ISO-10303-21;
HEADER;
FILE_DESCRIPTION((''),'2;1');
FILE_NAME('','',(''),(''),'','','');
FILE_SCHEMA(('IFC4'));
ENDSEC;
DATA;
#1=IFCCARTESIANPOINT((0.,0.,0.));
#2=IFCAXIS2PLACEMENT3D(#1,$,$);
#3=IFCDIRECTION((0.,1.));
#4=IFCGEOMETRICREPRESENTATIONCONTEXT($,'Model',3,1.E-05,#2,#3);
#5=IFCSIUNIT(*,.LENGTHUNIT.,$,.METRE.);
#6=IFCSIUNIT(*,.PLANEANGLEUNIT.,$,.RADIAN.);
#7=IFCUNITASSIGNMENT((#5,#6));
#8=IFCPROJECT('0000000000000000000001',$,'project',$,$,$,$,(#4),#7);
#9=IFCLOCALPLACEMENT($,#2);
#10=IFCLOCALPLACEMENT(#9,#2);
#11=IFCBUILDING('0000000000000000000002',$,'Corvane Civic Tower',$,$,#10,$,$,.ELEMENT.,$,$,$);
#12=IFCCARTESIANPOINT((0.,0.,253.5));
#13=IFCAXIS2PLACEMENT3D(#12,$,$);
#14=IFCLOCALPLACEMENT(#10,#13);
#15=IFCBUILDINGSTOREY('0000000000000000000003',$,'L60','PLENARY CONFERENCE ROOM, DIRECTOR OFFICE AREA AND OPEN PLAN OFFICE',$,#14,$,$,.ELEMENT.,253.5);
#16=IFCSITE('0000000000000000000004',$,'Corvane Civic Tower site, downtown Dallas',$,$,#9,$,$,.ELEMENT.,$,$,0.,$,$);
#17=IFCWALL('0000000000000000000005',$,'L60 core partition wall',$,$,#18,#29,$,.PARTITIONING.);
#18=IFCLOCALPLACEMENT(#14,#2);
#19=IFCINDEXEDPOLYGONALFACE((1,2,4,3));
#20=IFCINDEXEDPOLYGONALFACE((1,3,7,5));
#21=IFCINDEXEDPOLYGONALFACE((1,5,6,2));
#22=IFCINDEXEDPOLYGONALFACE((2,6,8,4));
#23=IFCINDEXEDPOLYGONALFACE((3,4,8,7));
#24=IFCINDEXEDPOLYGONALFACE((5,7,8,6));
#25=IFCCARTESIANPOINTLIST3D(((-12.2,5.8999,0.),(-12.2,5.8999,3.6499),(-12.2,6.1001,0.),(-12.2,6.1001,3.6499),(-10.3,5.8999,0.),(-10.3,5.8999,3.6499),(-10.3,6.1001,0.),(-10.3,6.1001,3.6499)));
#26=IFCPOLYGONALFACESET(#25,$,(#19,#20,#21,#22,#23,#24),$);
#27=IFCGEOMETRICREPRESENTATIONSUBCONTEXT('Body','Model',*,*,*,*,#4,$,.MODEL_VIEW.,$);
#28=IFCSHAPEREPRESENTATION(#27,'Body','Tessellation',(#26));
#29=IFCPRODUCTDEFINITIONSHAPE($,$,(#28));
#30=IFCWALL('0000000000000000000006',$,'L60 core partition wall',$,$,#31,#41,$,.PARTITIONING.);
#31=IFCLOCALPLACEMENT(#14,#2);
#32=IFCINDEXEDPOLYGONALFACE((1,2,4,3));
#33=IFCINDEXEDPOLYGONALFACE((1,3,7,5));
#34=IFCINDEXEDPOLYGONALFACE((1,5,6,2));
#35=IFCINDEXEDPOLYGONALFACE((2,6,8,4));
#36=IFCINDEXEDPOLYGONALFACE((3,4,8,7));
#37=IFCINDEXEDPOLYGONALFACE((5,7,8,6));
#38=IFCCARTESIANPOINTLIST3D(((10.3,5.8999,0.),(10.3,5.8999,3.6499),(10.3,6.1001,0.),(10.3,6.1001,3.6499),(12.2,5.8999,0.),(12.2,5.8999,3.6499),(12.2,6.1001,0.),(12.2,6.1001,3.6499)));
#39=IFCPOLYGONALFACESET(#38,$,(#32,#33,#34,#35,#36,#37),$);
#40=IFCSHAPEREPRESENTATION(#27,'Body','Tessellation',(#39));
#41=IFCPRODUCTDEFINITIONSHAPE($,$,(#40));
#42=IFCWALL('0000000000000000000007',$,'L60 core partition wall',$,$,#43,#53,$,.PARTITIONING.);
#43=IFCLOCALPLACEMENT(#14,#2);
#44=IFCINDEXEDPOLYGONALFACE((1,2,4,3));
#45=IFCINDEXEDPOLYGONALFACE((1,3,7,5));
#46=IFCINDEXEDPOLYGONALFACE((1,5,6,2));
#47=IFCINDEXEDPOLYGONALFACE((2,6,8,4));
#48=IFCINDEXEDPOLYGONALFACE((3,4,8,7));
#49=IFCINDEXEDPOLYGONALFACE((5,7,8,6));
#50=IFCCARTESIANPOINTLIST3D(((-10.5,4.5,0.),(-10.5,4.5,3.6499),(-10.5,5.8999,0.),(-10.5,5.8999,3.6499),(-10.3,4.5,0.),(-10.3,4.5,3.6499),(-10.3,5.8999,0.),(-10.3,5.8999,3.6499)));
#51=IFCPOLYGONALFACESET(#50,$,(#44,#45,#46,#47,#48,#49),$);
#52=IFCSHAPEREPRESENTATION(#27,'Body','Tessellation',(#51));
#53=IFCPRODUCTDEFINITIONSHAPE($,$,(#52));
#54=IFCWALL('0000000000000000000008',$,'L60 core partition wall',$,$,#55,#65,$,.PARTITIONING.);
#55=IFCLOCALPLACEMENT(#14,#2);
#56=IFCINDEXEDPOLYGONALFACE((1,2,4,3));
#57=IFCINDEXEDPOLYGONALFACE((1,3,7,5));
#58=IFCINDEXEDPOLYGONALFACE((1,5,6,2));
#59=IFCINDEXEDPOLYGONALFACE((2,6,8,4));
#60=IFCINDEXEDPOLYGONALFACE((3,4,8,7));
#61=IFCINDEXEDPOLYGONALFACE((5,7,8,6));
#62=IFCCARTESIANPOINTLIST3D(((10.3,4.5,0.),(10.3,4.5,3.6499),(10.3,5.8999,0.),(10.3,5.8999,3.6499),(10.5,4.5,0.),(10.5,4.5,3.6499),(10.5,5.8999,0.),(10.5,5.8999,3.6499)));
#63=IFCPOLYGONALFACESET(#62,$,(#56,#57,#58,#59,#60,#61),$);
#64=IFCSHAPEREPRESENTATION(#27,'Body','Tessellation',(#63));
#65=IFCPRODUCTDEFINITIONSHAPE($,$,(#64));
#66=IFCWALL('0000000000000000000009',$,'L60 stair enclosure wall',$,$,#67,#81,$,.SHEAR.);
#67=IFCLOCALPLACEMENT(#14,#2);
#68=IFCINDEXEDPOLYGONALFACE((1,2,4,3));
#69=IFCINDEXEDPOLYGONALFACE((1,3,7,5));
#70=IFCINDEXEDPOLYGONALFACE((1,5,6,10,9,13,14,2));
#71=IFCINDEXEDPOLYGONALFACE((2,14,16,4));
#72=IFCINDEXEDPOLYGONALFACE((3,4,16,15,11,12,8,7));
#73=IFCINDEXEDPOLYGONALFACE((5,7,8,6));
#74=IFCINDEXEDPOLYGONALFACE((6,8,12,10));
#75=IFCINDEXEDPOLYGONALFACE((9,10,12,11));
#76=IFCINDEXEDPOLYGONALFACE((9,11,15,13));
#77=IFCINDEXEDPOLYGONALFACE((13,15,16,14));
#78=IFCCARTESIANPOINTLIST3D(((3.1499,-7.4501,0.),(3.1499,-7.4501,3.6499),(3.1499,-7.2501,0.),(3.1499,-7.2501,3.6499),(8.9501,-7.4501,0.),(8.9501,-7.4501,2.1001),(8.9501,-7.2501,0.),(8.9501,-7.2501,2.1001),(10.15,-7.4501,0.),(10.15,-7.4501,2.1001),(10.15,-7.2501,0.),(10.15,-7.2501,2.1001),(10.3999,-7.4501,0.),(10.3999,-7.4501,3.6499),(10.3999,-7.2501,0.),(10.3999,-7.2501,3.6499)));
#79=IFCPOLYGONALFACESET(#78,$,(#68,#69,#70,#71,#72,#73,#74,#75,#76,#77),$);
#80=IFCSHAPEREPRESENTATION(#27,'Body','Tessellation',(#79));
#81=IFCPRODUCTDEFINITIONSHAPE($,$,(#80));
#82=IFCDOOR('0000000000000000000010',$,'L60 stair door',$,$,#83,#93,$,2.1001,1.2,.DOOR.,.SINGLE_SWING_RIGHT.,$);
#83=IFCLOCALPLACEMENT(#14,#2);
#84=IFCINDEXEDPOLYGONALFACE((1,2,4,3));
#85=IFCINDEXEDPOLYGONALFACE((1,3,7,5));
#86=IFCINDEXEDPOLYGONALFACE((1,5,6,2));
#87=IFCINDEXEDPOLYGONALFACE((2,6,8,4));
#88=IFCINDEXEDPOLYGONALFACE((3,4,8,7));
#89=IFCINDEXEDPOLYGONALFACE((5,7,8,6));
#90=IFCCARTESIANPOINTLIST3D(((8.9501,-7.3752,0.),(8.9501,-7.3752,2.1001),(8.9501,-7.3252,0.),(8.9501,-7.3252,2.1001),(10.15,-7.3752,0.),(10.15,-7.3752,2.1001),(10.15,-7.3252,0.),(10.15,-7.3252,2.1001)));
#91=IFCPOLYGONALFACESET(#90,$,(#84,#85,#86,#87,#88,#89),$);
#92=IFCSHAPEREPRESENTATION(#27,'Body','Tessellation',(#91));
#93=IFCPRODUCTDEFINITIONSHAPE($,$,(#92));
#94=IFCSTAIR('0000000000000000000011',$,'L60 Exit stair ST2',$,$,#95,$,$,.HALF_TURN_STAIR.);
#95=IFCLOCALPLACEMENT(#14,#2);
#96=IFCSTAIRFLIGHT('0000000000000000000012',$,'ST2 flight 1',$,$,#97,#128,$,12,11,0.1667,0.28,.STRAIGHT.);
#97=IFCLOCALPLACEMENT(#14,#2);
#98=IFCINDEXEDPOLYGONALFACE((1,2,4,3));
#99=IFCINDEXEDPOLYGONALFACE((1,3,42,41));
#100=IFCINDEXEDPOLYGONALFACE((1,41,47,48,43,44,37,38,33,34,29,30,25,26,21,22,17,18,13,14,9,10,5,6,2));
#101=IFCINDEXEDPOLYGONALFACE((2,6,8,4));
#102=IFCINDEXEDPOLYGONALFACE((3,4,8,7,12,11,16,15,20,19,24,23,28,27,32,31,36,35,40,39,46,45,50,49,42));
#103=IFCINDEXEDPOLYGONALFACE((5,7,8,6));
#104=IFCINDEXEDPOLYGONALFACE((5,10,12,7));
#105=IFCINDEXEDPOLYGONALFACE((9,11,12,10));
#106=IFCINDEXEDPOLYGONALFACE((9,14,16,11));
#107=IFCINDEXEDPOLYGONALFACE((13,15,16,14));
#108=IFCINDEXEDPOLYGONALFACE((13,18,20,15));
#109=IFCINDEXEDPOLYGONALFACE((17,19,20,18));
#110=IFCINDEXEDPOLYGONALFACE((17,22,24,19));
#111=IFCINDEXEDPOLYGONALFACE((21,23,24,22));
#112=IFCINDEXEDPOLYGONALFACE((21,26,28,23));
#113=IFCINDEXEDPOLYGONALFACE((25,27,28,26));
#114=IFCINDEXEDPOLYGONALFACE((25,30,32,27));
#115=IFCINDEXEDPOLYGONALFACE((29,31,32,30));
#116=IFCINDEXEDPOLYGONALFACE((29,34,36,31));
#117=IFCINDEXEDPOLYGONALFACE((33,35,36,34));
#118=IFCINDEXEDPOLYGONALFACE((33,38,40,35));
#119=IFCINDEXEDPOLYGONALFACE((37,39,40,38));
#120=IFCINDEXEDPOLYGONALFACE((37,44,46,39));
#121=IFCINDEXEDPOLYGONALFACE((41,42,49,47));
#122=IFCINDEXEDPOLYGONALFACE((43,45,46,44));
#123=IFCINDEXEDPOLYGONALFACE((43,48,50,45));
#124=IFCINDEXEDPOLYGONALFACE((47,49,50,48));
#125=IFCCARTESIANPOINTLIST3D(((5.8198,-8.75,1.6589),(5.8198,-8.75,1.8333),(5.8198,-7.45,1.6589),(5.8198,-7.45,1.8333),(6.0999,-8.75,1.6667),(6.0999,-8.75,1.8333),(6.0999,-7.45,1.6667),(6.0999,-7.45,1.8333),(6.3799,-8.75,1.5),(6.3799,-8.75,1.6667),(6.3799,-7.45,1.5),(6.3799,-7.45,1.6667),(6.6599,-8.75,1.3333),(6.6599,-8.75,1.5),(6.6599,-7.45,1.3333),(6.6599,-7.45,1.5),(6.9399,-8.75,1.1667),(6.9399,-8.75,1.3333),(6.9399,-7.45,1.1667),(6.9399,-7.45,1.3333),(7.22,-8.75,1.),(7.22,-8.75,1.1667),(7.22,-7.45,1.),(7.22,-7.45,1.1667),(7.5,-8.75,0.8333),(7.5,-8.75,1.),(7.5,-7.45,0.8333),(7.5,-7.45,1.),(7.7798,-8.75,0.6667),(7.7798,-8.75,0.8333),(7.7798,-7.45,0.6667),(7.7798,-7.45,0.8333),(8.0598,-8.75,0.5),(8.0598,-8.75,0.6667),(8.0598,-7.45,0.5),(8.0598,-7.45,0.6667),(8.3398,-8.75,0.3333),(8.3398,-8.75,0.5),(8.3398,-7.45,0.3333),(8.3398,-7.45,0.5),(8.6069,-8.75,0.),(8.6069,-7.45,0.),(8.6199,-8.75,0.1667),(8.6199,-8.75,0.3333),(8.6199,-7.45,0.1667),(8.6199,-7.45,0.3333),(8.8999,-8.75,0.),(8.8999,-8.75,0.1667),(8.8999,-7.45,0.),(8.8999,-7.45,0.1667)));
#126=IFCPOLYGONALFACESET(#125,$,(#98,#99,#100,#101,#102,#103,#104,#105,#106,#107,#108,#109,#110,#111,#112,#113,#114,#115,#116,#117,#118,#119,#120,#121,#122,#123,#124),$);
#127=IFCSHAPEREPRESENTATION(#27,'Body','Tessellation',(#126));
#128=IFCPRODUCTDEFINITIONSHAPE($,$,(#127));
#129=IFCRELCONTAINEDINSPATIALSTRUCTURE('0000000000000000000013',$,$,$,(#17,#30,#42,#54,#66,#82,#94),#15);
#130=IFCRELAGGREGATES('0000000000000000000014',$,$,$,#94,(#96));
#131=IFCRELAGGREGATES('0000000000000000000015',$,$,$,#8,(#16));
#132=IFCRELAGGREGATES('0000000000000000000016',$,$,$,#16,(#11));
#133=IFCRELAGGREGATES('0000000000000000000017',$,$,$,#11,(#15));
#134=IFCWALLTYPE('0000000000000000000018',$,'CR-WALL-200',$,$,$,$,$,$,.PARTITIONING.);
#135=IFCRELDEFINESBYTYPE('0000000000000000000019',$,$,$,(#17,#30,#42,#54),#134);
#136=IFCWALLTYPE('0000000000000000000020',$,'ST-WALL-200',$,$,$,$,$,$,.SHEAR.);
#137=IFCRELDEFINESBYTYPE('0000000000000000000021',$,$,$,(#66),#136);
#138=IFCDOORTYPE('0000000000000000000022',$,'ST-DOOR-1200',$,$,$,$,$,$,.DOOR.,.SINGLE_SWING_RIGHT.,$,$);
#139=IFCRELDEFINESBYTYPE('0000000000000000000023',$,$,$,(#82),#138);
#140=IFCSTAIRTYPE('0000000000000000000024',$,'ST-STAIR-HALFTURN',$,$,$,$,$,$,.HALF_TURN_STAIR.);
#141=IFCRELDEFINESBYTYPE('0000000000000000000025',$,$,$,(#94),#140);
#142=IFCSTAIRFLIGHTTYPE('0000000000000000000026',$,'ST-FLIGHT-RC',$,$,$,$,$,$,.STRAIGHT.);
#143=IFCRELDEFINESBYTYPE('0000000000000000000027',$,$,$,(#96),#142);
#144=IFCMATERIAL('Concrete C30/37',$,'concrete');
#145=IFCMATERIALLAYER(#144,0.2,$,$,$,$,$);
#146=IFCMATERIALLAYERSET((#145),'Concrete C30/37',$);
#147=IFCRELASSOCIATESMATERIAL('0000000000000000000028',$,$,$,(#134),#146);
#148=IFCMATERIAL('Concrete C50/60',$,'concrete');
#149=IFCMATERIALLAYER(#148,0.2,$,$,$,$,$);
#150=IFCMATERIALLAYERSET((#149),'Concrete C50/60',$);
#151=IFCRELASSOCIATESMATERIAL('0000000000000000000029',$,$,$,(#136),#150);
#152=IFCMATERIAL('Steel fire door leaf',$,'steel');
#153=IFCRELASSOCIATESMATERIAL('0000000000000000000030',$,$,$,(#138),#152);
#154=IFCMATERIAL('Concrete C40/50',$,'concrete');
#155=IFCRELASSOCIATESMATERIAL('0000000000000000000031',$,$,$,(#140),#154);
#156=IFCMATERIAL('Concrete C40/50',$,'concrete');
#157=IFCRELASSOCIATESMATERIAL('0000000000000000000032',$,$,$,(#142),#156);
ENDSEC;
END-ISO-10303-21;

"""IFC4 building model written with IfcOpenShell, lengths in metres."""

from ifc_helpers import new_model, si_unit, direction, frame, frame_2d, origin, place, context, subcontext, project, spatial, polyline, rectangle, outline, extrude, material, layer, layer_set, type_object, element, fill, aggregate, save


model = new_model("IFC4")

# Units and contexts
model_context = context("Model", 3, precision=1e-05, world=origin(), true_north=direction((0.0, 1.0)))
body_context = subcontext(model_context, "Body", "Model", "MODEL_VIEW")
ifc_project = project(units=[si_unit("LENGTHUNIT", "METRE"), si_unit("PLANEANGLEUNIT", "RADIAN")], contexts=[model_context])

# Site, building, storey
site_placement = place(None, origin())
site = spatial("IfcSite", under=ifc_project, at=site_placement, Name="Corvane Civic Tower site, downtown Dallas", CompositionType="ELEMENT", RefElevation=0.0)
building_placement = place(site_placement, origin())
building = spatial("IfcBuilding", under=site, at=building_placement, Name="Corvane Civic Tower", CompositionType="ELEMENT")
storey_placement = place(building_placement, frame((0.0, 0.0, 253.5)))
storey = spatial("IfcBuildingStorey", under=building, at=storey_placement, Name="L60", Description="PLENARY CONFERENCE ROOM, DIRECTOR OFFICE AREA AND OPEN PLAN OFFICE", CompositionType="ELEMENT", Elevation=253.5)

# Shared definitions
ifc_material_1 = material(Name="Concrete C30/37", Category="concrete")
ifc_layer_1 = layer(ifc_material_1, 0.2)
ifc_layer_set_1 = layer_set([ifc_layer_1], Name="Concrete C30/37")
wall_type_1 = type_object("IfcWallType", Name="CR-WALL-200", PredefinedType="PARTITIONING", material=ifc_layer_set_1)

# Walls
wall_1_placement = place(storey_placement, origin())
element("IfcWall", 1, at=wall_1_placement, inside=storey, type_object=wall_type_1, Name="L60 core partition wall", PredefinedType="PARTITIONING", context=body_context, shape_type="SweptSolid", body=[
    extrude(outline(polyline([(-10.3, 5.8999), (-12.2, 5.8999), (-12.2, 6.1001), (-10.3, 6.1001), (-10.3, 5.8999)])), origin(), (0.0, 0.0, 1.0), 3.6499),
])
wall_2_placement = place(storey_placement, origin())
element("IfcWall", 2, at=wall_2_placement, inside=storey, type_object=wall_type_1, Name="L60 core partition wall", PredefinedType="PARTITIONING", context=body_context, shape_type="SweptSolid", body=[
    extrude(outline(polyline([(12.2, 5.8999), (10.3, 5.8999), (10.3, 6.1001), (12.2, 6.1001), (12.2, 5.8999)])), origin(), (0.0, 0.0, 1.0), 3.6499),
])
wall_3_placement = place(storey_placement, origin())
element("IfcWall", 3, at=wall_3_placement, inside=storey, type_object=wall_type_1, Name="L60 core partition wall", PredefinedType="PARTITIONING", context=body_context, shape_type="SweptSolid", body=[
    extrude(outline(polyline([(-10.3, 4.5), (-10.5, 4.5), (-10.5, 5.8999), (-10.3, 5.8999), (-10.3, 4.5)])), origin(), (0.0, 0.0, 1.0), 3.6499),
])
wall_4_placement = place(storey_placement, origin())
element("IfcWall", 4, at=wall_4_placement, inside=storey, type_object=wall_type_1, Name="L60 core partition wall", PredefinedType="PARTITIONING", context=body_context, shape_type="SweptSolid", body=[
    extrude(outline(polyline([(10.5, 4.5), (10.3, 4.5), (10.3, 5.8999), (10.5, 5.8999), (10.5, 4.5)])), origin(), (0.0, 0.0, 1.0), 3.6499),
])

# Wall, opening, door
ifc_material_2 = material(Name="Concrete C50/60", Category="concrete")
ifc_layer_2 = layer(ifc_material_2, 0.2)
ifc_layer_set_2 = layer_set([ifc_layer_2], Name="Concrete C50/60")
wall_type_2 = type_object("IfcWallType", Name="ST-WALL-200", PredefinedType="SHEAR", material=ifc_layer_set_2)
wall_5_placement = place(storey_placement, frame((3.1499, -7.3501, 0.0), z_axis=(0.0, 0.0, 1.0), x_axis=(1.0, 0.0, 0.0)))
wall_5 = element("IfcWall", 5, at=wall_5_placement, inside=storey, type_object=wall_type_2, Name="L60 stair enclosure wall", PredefinedType="SHEAR", context=body_context, shape_type="SweptSolid", body=[
    extrude(rectangle(XDim=7.25, YDim=0.2, at=frame_2d((3.625, 0.0))), origin(), (0.0, 0.0, 1.0), 3.6499),
])
opening_1_placement = place(wall_5_placement, frame((5.8, 0.0, 0.0)))
opening_1 = element("IfcOpeningElement", 6, at=opening_1_placement, cuts=wall_5, PredefinedType="OPENING", context=body_context, shape_type="SweptSolid", body=[
    extrude(rectangle(XDim=1.2, YDim=2.1001, at=frame_2d((0.6001, 1.05))), frame((0.0, 0.1099, 0.0), z_axis=(0.0, -1.0, 0.0), x_axis=(1.0, 0.0, 0.0)), (0.0, 0.0, 1.0), 0.22),
])
ifc_material_3 = material(Name="Steel fire door leaf", Category="steel")
door_type_1 = type_object("IfcDoorType", Name="ST-DOOR-1200", OperationType="SINGLE_SWING_RIGHT", PredefinedType="DOOR", material=ifc_material_3)
door_1_placement = place(opening_1_placement, origin())
door_1 = element("IfcDoor", 7, at=door_1_placement, inside=storey, type_object=door_type_1, Name="L60 stair door", OperationType="SINGLE_SWING_RIGHT", OverallHeight=2.1001, OverallWidth=1.2, PredefinedType="DOOR", context=body_context, shape_type="SweptSolid", body=[
    extrude(rectangle(XDim=1.2, YDim=2.1001, at=frame_2d((0.6001, 1.05))), frame((0.0, 0.0249, 0.0), z_axis=(0.0, -1.0, 0.0), x_axis=(1.0, 0.0, 0.0)), (0.0, 0.0, 1.0), 0.05),
])
fill(opening_1, door_1)

# Stair, stair flight
ifc_material_4 = material(Name="Concrete C40/50", Category="concrete")
stair_type = type_object("IfcStairType", Name="ST-STAIR-HALFTURN", PredefinedType="HALF_TURN_STAIR", material=ifc_material_4)
stair_placement = place(storey_placement, origin())
stair = element("IfcStair", 8, at=stair_placement, inside=storey, type_object=stair_type, Name="L60 Exit stair ST2", PredefinedType="HALF_TURN_STAIR")
ifc_material_5 = material(Name="Concrete C40/50", Category="concrete")
stair_flight_type = type_object("IfcStairFlightType", Name="ST-FLIGHT-RC", PredefinedType="STRAIGHT", material=ifc_material_5)
stair_flight_placement = place(storey_placement, frame((8.8999, -8.1001, 0.0), z_axis=(0.0, 0.0, 1.0), x_axis=(-1.0, 0.0, 0.0)))
stair_flight = element("IfcStairFlight", 9, at=stair_flight_placement, type_object=stair_flight_type, Name="ST2 flight 1", NumberOfRisers=12, NumberOfTreads=11, PredefinedType="STRAIGHT", RiserHeight=0.1667, TreadLength=0.28, context=body_context, shape_type="SweptSolid", body=[
    extrude(outline(polyline([(0.0, 0.0), (0.0, 0.1667), (0.28, 0.1667), (0.28, 0.3333), (0.5601, 0.3333), (0.5601, 0.5), (0.8401, 0.5), (0.8401, 0.6667), (1.1201, 0.6667), (1.1201, 0.8333), (1.3999, 0.8333), (1.3999, 1.0), (1.6799, 1.0), (1.6799, 1.1667), (1.96, 1.1667), (1.96, 1.3333), (2.24, 1.3333), (2.24, 1.5), (2.52, 1.5), (2.52, 1.6667), (2.8, 1.6667), (2.8, 1.8333), (3.0801, 1.8333), (3.0801, 2.0), (3.0801, 1.6589), (0.293, 0.0), (0.0, 0.0)])), frame((0.0, 0.6499, 0.0), z_axis=(0.0, -1.0, 0.0), x_axis=(1.0, 0.0, 0.0)), (0.0, 0.0, 1.0), 1.3),
])
aggregate(stair, [stair_flight])

save(model, "model.ifc")
